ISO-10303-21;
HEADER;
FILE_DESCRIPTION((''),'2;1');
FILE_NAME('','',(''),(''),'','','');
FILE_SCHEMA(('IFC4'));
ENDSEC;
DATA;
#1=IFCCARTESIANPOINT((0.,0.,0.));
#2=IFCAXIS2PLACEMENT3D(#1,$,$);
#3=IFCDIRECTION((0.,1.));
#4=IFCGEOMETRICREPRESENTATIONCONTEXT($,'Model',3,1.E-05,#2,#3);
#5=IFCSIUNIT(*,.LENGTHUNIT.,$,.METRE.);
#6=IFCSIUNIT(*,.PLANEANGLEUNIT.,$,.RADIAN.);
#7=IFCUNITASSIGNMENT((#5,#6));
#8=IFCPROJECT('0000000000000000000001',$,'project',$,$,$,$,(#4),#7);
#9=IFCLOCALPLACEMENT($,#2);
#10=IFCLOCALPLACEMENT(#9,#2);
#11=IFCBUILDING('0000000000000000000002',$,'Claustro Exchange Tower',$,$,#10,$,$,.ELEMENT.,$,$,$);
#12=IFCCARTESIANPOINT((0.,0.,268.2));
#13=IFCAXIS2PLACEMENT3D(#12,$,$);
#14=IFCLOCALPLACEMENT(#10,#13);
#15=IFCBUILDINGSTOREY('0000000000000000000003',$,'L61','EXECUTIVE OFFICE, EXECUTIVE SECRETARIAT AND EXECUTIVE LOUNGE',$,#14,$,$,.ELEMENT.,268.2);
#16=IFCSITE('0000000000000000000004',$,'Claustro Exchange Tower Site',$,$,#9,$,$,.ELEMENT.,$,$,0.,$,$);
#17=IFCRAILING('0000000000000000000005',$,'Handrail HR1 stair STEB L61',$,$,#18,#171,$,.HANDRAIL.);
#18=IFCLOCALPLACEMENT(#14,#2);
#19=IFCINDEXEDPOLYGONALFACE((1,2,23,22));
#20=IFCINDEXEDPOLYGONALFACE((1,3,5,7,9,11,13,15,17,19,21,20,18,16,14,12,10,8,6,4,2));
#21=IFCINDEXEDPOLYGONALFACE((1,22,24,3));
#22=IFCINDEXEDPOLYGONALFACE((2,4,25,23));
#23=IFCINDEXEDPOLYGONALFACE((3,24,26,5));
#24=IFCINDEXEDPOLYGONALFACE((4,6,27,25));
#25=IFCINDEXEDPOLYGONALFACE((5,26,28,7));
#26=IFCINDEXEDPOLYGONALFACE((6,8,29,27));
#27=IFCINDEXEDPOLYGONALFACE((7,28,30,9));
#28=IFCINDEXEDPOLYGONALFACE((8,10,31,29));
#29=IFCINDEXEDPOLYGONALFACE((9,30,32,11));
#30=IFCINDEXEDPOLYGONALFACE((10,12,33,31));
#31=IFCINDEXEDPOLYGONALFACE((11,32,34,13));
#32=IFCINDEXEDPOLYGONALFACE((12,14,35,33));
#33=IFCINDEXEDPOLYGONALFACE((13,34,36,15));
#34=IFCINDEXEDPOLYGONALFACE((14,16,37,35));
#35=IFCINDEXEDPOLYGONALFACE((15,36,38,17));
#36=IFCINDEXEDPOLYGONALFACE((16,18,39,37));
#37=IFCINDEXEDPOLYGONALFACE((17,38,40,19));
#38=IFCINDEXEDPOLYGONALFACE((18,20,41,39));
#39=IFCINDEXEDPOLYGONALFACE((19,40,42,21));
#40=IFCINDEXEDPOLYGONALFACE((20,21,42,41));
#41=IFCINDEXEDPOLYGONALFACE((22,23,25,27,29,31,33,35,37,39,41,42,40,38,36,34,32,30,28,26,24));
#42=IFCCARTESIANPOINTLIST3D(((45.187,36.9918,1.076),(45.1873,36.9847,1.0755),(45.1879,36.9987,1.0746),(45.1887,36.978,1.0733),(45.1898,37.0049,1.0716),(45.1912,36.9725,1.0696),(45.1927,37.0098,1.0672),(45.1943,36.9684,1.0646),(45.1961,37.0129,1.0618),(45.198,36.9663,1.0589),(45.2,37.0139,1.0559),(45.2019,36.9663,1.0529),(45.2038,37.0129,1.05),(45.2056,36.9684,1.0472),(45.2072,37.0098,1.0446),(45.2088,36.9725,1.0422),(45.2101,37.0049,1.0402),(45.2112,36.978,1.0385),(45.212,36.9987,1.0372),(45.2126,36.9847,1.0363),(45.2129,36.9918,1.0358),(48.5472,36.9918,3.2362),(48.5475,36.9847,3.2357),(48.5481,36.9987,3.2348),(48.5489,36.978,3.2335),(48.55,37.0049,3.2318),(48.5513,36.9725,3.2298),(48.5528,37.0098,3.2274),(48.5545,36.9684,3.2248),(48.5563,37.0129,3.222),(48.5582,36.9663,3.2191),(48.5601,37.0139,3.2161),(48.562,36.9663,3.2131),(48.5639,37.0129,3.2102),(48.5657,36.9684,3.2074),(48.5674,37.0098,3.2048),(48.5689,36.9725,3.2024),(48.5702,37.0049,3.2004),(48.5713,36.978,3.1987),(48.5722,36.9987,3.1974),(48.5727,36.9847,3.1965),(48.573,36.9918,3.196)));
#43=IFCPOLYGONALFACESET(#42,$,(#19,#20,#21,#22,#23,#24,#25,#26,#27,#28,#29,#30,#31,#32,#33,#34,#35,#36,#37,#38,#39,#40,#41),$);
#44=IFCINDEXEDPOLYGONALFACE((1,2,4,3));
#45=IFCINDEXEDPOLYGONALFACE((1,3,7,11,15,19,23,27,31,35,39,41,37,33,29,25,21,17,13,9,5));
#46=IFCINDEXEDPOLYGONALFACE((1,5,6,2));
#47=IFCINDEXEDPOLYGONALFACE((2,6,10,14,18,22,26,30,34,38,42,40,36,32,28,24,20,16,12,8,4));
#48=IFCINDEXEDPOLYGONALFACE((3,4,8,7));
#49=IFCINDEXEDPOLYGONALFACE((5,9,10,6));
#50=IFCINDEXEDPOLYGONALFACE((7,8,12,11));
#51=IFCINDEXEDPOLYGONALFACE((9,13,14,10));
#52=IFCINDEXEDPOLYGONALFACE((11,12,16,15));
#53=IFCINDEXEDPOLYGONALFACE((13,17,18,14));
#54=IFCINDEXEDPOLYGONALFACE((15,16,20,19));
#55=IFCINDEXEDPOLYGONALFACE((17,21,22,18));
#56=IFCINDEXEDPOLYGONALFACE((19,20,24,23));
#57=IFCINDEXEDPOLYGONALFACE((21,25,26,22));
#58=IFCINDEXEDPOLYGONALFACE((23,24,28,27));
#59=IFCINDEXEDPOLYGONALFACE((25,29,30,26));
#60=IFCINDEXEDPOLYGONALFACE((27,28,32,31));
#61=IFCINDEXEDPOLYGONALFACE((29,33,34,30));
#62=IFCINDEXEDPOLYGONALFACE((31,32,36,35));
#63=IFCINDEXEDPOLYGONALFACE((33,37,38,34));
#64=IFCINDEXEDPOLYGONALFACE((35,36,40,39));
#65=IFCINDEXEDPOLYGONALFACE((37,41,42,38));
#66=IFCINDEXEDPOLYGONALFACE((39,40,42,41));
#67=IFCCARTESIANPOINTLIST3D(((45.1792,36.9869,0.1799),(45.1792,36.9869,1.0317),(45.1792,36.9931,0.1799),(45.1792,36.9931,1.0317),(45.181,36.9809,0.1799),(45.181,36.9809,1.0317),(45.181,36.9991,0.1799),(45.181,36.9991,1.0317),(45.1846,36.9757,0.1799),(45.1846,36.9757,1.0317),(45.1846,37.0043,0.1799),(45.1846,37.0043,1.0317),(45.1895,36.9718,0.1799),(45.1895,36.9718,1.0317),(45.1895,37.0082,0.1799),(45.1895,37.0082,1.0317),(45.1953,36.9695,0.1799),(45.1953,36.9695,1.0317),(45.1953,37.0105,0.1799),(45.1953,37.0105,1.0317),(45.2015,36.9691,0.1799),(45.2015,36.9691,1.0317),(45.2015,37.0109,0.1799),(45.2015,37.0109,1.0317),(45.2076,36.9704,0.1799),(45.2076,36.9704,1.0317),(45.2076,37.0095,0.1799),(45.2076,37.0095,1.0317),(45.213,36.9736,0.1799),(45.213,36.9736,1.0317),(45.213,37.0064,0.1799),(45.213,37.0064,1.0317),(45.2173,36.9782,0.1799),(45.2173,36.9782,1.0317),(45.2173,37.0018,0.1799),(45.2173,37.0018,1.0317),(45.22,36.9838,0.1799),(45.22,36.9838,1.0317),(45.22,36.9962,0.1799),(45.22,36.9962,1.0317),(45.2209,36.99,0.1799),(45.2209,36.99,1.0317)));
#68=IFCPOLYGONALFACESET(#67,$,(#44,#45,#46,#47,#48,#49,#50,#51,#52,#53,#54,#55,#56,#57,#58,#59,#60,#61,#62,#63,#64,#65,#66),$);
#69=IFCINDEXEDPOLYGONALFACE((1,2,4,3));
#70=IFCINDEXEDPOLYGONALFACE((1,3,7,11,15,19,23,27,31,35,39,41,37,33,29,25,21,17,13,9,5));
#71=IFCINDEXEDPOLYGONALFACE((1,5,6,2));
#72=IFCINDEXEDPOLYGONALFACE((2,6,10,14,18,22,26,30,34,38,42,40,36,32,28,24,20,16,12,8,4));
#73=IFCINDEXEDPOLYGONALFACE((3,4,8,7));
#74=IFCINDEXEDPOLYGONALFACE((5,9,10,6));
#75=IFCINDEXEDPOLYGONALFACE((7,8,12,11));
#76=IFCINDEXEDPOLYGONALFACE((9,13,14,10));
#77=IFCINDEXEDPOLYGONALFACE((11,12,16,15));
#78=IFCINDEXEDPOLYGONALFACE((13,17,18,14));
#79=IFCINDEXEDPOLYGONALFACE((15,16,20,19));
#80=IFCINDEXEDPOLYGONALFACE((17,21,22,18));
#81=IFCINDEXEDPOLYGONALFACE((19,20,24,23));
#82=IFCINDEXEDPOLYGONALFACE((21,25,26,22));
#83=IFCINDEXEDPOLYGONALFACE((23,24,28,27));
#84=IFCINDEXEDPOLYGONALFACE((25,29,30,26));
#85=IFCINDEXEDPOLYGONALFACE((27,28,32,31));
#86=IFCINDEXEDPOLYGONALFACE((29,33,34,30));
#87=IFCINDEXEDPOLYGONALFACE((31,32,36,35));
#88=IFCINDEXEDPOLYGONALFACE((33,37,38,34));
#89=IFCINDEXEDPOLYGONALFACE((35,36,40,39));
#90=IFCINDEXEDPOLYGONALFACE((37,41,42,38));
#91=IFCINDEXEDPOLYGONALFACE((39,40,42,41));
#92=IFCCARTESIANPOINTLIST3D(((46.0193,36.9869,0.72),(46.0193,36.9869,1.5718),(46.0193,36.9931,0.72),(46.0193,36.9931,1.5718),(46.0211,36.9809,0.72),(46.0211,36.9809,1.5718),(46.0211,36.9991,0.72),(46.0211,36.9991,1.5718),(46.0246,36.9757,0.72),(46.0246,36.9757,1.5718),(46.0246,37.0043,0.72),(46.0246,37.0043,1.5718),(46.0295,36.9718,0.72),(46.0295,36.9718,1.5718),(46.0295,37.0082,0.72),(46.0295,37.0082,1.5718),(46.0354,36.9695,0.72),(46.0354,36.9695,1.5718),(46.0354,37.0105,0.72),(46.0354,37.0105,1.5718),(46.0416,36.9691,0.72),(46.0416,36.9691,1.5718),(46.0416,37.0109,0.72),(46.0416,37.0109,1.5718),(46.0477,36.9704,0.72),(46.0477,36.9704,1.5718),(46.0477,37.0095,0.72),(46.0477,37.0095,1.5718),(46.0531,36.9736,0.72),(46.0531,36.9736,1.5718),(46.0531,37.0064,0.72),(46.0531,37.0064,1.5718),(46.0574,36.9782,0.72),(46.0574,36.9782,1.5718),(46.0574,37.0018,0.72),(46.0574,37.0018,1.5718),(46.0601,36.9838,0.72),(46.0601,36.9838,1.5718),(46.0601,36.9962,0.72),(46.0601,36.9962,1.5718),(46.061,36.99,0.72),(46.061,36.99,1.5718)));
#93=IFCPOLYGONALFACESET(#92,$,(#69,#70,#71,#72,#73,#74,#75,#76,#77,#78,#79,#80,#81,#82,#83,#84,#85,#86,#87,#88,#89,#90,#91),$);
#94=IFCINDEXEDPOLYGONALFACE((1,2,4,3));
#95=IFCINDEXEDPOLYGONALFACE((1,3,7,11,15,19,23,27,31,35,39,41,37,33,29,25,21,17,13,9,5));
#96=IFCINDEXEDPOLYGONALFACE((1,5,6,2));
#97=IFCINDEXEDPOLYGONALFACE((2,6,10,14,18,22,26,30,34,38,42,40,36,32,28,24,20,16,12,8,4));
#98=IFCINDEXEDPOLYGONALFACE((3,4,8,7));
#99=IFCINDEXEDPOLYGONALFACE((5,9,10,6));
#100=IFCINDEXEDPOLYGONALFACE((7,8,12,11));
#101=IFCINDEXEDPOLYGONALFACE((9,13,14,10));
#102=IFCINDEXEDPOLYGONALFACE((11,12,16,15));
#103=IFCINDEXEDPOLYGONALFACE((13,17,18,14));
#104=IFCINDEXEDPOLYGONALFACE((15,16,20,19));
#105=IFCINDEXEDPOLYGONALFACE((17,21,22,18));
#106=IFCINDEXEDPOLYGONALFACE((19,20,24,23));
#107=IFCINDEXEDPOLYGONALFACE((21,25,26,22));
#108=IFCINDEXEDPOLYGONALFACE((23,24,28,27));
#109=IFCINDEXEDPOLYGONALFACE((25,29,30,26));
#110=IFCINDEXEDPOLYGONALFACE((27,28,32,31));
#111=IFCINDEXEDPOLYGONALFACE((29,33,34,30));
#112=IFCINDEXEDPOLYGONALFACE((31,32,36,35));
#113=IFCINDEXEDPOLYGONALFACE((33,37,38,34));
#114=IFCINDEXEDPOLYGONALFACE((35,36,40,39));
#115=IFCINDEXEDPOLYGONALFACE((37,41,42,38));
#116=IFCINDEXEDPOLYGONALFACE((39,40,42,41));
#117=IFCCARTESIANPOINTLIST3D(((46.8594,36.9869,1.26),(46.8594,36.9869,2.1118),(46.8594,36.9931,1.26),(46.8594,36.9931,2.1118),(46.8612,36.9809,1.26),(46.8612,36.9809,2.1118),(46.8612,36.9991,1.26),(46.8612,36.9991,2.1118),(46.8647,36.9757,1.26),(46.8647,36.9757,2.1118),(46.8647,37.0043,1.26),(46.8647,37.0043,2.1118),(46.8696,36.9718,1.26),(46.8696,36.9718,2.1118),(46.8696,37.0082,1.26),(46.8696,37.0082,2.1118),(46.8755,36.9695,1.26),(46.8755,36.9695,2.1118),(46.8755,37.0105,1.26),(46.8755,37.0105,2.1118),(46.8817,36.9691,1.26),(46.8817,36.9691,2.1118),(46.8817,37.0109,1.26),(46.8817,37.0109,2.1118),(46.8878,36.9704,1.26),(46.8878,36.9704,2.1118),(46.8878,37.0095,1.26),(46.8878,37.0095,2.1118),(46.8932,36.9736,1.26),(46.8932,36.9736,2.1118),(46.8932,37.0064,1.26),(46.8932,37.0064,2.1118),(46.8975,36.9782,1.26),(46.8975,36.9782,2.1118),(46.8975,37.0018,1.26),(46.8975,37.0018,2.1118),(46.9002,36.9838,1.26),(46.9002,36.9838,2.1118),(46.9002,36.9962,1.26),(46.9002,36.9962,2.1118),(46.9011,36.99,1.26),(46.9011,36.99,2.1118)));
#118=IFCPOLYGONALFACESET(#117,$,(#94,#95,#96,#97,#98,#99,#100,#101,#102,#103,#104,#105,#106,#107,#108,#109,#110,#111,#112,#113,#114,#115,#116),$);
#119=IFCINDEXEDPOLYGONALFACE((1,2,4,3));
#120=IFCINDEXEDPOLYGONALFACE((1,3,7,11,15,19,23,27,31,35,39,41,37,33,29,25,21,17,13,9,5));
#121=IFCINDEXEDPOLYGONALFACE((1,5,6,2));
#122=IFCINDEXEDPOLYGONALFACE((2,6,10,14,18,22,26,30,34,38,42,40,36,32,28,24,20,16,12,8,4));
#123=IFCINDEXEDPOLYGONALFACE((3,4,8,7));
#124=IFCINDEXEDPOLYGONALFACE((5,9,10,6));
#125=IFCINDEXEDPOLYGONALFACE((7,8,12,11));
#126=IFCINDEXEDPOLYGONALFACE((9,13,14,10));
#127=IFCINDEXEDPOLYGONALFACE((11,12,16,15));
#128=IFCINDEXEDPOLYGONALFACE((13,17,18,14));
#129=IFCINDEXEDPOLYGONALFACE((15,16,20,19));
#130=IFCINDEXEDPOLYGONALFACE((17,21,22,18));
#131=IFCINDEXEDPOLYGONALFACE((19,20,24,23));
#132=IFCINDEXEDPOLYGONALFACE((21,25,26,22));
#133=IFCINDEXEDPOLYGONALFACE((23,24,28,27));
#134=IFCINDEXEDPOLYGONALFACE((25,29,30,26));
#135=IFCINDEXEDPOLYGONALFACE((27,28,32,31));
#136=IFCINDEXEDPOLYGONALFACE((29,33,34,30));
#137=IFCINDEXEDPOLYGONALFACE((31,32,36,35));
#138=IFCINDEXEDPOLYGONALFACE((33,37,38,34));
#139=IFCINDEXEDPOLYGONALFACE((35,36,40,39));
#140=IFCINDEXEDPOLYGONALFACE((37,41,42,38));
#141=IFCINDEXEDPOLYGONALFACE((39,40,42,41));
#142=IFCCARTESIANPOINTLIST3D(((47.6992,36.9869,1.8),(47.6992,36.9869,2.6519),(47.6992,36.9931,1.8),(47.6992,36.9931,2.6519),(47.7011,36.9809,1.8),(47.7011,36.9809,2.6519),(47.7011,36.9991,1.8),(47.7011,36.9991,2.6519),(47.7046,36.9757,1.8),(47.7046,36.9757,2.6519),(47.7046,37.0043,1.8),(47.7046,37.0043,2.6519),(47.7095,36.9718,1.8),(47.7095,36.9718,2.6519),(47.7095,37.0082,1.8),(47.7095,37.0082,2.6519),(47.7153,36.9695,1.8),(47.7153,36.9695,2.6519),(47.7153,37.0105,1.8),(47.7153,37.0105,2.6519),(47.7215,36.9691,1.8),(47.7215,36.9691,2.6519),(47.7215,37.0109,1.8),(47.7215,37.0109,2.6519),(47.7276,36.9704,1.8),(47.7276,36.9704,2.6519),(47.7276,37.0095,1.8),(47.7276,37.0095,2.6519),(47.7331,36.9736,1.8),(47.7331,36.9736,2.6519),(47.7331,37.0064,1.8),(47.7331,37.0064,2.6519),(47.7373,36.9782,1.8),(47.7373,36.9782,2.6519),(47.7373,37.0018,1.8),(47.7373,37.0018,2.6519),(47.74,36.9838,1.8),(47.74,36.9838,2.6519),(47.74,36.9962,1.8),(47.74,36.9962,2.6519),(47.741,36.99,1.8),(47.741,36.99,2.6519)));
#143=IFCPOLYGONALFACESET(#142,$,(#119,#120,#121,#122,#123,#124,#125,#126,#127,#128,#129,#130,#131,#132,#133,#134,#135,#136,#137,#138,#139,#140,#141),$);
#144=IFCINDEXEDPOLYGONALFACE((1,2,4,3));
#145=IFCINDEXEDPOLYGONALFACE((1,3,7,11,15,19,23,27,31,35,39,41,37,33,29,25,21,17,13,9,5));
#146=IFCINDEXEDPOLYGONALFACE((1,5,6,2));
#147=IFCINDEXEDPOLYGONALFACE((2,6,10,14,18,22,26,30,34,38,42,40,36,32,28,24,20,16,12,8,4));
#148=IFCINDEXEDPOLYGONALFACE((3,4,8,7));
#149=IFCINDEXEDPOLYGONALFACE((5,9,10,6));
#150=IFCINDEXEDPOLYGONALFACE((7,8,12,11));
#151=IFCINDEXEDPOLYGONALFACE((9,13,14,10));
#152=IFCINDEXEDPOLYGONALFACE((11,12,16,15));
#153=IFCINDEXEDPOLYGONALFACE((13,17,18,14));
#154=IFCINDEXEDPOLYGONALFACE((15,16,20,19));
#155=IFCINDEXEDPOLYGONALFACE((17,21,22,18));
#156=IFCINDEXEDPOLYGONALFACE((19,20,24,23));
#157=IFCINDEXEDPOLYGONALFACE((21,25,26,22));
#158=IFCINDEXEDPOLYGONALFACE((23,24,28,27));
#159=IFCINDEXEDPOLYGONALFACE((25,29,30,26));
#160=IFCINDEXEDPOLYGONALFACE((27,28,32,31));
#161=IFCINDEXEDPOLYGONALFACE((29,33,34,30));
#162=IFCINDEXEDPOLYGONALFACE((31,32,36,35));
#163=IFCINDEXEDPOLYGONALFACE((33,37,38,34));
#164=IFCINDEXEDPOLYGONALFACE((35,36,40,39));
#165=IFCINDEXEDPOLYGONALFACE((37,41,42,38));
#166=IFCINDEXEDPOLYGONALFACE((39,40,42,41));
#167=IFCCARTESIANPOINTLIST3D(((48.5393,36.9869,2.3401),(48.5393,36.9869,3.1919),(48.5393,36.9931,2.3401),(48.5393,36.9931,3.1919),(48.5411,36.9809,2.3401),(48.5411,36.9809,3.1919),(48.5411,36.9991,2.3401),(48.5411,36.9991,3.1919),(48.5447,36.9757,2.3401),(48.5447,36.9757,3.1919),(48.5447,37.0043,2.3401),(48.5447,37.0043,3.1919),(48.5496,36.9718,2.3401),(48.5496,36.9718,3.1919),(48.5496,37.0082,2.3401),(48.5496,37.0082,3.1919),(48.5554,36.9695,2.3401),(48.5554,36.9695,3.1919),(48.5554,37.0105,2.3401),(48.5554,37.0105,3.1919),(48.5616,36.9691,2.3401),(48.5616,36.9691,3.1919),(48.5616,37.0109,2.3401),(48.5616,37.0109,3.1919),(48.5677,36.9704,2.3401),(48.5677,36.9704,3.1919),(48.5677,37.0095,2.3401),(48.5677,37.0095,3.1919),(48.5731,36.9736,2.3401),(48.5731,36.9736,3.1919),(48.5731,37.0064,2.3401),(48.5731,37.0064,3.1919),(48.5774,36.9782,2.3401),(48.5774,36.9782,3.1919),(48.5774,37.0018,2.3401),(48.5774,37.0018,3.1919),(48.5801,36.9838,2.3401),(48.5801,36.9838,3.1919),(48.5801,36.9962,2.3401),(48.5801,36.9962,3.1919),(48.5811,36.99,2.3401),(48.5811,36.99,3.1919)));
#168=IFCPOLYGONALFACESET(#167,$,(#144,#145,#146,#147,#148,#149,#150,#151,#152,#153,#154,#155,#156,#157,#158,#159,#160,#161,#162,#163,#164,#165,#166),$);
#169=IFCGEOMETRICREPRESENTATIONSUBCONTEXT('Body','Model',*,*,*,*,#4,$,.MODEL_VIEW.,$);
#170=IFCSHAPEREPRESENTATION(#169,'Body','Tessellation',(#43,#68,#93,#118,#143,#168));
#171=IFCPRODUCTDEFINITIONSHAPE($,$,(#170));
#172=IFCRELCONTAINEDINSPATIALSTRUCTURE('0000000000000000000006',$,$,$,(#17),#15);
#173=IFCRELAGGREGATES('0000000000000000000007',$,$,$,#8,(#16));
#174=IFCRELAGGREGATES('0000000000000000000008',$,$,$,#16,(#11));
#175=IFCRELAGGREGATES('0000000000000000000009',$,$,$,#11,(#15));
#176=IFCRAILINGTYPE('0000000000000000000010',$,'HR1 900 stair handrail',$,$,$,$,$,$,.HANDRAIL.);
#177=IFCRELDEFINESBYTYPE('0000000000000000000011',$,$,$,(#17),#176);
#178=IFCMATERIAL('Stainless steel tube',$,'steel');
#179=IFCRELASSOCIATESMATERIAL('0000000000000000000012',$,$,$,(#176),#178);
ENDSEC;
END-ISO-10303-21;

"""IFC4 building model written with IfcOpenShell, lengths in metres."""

from ifc_helpers import new_model, si_unit, direction, frame, origin, origin_2d, place, context, subcontext, project, spatial, circle, extrude, material, type_object, element, save


model = new_model("IFC4")

# Units and contexts
model_context = context("Model", 3, precision=1e-05, world=origin(), true_north=direction((0.0, 1.0)))
body_context = subcontext(model_context, "Body", "Model", "MODEL_VIEW")
ifc_project = project(units=[si_unit("LENGTHUNIT", "METRE"), si_unit("PLANEANGLEUNIT", "RADIAN")], contexts=[model_context])

# Site, building, storey
site_placement = place(None, origin())
site = spatial("IfcSite", under=ifc_project, at=site_placement, Name="Claustro Exchange Tower Site", CompositionType="ELEMENT", RefElevation=0.0)
building_placement = place(site_placement, origin())
building = spatial("IfcBuilding", under=site, at=building_placement, Name="Claustro Exchange Tower", CompositionType="ELEMENT")
storey_placement = place(building_placement, frame((0.0, 0.0, 268.2)))
storey = spatial("IfcBuildingStorey", under=building, at=storey_placement, Name="L61", Description="EXECUTIVE OFFICE, EXECUTIVE SECRETARIAT AND EXECUTIVE LOUNGE", CompositionType="ELEMENT", Elevation=268.2)

# Railing
ifc_material_1 = material(Name="Stainless steel tube", Category="steel")
railing_type_1 = type_object("IfcRailingType", Name="HR1 900 stair handrail", PredefinedType="HANDRAIL", material=ifc_material_1)
railing_1_placement = place(storey_placement, frame((45.2, 36.99, 0.1799)))
element("IfcRailing", 1, at=railing_1_placement, inside=storey, type_object=railing_type_1, Name="Handrail HR1 stair STEB L61", PredefinedType="HANDRAIL", context=body_context, shape_type="SweptSolid", body=[
    extrude(circle(Radius=0.0239, at=origin_2d()), frame((0.0, 0.0, 0.876), z_axis=(0.841169, 0.0, 0.540773), x_axis=(0.0, 1.0, 0.0)), (0.0, 0.0, 1.0), 3.9946),
    extrude(circle(Radius=0.021, at=origin_2d()), origin(), (0.0, 0.0, 1.0), 0.8518),
    extrude(circle(Radius=0.021, at=origin_2d()), frame((0.8401, 0.0, 0.54)), (0.0, 0.0, 1.0), 0.8518),
    extrude(circle(Radius=0.021, at=origin_2d()), frame((1.6802, 0.0, 1.0801)), (0.0, 0.0, 1.0), 0.8518),
    extrude(circle(Radius=0.021, at=origin_2d()), frame((2.52, 0.0, 1.6201)), (0.0, 0.0, 1.0), 0.8518),
    extrude(circle(Radius=0.021, at=origin_2d()), frame((3.3601, 0.0, 2.1602)), (0.0, 0.0, 1.0), 0.8518),
])

save(model, "model.ifc")
